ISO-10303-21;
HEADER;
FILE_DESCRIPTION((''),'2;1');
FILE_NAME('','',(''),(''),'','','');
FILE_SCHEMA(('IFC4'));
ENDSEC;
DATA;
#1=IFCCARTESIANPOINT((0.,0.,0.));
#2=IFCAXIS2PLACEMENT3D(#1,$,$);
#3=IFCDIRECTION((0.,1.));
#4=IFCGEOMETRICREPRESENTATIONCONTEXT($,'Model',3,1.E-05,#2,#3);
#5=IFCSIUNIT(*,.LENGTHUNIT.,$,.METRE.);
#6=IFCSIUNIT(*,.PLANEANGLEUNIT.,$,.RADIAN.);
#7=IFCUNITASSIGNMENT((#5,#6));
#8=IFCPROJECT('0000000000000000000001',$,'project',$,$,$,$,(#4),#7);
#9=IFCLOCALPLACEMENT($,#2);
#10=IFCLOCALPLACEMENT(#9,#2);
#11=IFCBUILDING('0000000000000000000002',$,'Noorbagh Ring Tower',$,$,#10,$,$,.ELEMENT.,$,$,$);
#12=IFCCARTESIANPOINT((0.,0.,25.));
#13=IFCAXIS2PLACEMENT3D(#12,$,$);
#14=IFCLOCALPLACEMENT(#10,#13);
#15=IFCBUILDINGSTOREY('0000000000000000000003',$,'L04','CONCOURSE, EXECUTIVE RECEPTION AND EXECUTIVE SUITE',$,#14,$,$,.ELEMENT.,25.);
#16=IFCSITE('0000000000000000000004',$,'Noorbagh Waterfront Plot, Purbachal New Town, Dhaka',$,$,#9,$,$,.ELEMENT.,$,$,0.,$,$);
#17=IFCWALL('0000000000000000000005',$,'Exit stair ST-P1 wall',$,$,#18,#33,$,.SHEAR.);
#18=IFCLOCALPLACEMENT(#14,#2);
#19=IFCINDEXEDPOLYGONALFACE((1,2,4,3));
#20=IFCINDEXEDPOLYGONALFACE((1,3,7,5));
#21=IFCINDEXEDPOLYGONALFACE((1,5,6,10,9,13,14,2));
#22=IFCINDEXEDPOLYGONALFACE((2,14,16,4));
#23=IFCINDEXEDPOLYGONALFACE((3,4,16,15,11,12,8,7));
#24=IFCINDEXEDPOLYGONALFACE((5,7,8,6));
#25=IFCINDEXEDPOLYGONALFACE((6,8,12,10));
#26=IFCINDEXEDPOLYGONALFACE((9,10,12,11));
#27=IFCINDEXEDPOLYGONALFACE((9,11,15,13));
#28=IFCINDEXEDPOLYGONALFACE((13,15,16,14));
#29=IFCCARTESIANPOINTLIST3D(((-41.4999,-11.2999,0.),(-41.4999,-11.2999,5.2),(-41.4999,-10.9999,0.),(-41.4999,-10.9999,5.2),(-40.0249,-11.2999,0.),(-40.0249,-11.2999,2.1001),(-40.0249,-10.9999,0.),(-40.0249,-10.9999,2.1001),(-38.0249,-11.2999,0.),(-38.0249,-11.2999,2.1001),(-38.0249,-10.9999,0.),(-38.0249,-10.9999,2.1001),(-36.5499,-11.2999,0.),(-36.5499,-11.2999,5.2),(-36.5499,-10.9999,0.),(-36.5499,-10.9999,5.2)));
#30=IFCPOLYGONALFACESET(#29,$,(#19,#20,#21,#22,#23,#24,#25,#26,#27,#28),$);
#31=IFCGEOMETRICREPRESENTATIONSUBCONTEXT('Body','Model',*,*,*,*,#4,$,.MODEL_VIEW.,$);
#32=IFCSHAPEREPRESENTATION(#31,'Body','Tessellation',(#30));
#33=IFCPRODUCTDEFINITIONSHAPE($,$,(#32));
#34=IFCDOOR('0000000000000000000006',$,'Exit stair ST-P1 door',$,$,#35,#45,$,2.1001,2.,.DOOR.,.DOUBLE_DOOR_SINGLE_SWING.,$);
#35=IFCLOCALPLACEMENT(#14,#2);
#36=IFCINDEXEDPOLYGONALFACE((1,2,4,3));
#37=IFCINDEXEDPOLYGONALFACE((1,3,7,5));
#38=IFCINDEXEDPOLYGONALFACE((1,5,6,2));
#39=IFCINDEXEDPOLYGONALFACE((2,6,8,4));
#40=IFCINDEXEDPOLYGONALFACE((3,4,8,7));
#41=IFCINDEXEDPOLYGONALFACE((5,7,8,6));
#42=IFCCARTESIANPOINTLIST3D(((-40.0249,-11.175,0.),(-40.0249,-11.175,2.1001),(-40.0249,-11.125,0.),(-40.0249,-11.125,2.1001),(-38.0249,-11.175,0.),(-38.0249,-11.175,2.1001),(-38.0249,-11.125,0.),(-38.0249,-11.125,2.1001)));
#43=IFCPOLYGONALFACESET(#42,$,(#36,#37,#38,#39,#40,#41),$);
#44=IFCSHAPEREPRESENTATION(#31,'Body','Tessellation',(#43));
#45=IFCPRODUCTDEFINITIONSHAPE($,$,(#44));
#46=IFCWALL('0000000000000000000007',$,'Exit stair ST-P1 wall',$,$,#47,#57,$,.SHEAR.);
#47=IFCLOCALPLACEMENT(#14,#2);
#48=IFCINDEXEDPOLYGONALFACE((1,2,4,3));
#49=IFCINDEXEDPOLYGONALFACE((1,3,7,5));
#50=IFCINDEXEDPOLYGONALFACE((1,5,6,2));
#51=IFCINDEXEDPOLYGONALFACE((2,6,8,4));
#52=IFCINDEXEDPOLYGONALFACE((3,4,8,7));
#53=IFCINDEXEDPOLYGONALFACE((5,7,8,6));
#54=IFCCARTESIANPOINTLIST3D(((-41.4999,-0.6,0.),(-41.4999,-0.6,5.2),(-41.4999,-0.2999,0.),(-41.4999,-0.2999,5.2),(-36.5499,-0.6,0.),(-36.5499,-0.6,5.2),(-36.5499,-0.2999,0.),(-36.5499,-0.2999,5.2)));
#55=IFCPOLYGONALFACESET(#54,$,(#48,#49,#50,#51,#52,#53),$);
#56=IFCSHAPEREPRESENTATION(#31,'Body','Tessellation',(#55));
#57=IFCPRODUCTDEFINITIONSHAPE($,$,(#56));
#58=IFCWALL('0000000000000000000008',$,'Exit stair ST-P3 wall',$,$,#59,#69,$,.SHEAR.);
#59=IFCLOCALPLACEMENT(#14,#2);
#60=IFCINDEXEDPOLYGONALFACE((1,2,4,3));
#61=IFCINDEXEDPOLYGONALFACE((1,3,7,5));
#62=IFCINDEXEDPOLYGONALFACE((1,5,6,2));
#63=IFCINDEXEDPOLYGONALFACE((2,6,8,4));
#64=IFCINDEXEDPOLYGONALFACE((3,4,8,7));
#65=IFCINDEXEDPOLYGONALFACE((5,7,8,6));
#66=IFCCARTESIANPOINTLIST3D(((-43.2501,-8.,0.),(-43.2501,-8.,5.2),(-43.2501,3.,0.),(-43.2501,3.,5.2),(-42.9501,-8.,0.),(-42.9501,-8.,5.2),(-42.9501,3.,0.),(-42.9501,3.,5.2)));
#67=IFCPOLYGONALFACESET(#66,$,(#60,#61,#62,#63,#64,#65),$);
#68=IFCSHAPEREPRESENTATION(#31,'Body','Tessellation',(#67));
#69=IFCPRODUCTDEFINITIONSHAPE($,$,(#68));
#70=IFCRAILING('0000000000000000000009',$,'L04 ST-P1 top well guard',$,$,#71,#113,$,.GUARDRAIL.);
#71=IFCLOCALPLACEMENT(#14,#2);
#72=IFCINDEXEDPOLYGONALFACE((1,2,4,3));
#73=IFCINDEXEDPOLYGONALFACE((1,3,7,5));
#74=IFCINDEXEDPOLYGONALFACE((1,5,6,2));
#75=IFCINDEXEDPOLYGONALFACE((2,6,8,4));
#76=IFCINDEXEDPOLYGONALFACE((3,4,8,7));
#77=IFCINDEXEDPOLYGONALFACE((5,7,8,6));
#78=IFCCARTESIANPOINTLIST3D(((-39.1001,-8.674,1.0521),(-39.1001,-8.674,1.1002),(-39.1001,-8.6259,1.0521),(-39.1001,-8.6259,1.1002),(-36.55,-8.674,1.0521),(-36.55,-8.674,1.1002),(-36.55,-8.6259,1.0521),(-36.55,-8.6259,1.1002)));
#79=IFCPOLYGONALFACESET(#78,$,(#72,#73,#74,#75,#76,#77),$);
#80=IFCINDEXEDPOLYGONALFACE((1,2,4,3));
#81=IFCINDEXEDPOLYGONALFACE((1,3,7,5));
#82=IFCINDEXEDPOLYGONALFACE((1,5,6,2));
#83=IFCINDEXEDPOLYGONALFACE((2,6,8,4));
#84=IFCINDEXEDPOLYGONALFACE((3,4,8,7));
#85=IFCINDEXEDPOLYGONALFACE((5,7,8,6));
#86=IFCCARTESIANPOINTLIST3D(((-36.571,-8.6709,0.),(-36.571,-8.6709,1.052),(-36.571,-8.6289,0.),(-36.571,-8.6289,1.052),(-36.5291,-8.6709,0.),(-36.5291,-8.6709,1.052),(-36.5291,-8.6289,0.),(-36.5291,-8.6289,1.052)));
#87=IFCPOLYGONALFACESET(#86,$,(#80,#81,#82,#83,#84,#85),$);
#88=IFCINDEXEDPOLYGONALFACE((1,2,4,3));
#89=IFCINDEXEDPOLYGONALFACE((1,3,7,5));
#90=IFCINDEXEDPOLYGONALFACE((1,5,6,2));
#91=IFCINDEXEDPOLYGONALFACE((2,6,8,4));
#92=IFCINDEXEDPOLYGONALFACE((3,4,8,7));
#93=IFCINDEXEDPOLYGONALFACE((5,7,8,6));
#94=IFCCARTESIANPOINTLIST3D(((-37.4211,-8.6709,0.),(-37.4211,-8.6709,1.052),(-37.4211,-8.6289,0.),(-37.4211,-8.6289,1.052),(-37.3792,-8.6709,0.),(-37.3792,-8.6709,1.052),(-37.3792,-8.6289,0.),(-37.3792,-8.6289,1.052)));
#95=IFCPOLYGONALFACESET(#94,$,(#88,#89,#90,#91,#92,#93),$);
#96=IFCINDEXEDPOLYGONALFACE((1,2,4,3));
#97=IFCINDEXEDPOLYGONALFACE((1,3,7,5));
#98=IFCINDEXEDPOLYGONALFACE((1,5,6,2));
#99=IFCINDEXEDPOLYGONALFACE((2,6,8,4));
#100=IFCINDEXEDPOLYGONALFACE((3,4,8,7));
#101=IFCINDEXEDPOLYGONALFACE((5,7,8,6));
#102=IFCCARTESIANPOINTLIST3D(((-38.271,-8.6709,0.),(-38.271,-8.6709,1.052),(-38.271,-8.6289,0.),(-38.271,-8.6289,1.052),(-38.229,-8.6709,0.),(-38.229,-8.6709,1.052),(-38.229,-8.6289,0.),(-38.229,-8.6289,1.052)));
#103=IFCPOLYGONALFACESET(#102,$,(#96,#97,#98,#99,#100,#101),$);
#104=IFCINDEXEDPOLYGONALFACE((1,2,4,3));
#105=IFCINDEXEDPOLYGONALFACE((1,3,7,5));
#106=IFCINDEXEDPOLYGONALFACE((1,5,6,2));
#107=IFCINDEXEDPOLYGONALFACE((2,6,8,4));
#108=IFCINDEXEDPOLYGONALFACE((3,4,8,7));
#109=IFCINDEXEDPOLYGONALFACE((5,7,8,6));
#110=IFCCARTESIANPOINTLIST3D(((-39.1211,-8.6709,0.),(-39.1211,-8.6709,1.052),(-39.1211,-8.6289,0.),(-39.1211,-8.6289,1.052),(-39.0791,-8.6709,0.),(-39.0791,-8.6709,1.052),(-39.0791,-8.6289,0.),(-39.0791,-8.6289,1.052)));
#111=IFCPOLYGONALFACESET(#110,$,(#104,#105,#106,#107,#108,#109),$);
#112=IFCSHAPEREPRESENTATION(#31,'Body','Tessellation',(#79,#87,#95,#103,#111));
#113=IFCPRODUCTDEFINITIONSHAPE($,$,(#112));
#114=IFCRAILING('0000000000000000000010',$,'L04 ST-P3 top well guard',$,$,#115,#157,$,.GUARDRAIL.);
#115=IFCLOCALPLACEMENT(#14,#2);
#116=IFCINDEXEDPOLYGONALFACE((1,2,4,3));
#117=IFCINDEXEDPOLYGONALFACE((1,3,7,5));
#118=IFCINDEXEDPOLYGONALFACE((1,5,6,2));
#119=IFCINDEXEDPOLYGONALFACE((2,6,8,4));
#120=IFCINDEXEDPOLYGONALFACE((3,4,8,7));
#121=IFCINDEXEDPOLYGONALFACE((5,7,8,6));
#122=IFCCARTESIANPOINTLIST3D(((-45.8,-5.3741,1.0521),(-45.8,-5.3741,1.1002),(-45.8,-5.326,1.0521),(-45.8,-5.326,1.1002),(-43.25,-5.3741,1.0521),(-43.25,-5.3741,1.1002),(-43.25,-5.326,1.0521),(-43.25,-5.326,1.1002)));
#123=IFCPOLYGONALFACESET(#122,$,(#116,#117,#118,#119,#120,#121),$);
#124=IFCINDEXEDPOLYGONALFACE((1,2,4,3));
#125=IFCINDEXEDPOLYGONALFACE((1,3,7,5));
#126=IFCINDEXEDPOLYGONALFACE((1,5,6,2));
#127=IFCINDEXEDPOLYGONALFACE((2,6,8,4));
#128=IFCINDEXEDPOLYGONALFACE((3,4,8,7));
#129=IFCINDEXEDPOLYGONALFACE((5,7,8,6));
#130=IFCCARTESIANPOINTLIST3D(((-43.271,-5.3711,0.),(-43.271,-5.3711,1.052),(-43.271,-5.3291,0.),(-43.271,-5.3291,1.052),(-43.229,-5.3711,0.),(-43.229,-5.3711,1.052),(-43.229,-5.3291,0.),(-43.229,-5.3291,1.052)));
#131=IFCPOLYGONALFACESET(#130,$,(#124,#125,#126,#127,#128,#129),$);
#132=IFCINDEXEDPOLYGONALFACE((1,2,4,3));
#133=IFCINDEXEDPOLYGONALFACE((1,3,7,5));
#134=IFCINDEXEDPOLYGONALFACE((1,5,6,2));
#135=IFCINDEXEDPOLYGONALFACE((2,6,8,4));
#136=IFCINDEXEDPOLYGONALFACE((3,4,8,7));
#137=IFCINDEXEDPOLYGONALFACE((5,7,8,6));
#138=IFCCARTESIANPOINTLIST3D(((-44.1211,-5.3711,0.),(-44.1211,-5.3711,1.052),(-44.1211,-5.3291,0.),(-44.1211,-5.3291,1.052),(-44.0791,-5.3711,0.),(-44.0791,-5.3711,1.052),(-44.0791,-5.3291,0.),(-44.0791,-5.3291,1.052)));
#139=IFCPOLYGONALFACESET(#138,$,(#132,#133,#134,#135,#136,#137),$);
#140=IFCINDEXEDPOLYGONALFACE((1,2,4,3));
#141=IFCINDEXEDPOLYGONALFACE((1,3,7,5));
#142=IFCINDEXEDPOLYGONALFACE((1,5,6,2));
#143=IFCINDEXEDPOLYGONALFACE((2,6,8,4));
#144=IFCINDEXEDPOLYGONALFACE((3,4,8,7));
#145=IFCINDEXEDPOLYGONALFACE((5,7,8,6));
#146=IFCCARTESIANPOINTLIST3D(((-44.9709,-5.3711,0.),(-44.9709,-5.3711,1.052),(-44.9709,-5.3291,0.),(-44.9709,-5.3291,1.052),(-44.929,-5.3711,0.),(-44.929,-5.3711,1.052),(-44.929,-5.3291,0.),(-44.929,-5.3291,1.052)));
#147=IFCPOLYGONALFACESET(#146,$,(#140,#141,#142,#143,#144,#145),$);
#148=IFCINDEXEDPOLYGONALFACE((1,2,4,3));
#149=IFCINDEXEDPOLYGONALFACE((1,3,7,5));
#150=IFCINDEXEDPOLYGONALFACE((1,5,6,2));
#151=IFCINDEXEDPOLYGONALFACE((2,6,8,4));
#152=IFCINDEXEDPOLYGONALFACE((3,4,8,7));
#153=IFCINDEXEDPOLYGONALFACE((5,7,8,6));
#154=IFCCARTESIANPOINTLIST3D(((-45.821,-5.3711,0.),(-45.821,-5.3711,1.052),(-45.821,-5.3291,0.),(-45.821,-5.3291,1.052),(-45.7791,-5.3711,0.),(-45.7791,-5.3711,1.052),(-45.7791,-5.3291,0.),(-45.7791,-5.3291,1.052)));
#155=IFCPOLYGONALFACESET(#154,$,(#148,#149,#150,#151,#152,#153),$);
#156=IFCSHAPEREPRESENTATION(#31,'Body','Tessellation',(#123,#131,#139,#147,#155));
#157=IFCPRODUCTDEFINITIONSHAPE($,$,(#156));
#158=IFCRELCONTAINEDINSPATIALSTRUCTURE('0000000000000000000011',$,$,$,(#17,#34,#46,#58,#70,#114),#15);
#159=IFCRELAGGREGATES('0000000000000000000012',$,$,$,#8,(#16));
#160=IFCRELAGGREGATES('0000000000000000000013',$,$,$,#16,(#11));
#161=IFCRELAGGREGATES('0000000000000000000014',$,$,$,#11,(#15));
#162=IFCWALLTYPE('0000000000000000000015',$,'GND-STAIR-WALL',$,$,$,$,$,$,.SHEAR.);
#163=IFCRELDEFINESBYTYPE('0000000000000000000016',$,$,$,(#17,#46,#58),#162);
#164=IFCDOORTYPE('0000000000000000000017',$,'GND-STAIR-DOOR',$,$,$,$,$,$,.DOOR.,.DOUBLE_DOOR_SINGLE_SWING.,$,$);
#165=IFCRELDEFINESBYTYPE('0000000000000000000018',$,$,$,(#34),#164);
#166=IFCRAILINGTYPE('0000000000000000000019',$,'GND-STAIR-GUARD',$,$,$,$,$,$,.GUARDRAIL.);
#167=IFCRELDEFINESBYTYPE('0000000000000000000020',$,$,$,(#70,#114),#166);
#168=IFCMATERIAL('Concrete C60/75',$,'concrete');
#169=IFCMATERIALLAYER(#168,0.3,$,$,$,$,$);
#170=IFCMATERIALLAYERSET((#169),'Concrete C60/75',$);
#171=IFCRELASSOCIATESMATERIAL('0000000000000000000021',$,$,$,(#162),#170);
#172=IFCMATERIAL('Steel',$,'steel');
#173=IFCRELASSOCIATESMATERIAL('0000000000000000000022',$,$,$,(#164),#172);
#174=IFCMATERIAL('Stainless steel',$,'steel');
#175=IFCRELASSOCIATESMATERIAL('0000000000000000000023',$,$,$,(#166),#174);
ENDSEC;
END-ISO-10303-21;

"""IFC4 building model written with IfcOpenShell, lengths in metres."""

from ifc_helpers import new_model, si_unit, direction, frame, frame_2d, origin, origin_2d, place, context, subcontext, project, spatial, rectangle, extrude, material, layer, layer_set, type_object, element, fill, save


model = new_model("IFC4")

# Units and contexts
model_context = context("Model", 3, precision=1e-05, world=origin(), true_north=direction((0.0, 1.0)))
body_context = subcontext(model_context, "Body", "Model", "MODEL_VIEW")
ifc_project = project(units=[si_unit("LENGTHUNIT", "METRE"), si_unit("PLANEANGLEUNIT", "RADIAN")], contexts=[model_context])

# Site, building, storey
site_placement = place(None, origin())
site = spatial("IfcSite", under=ifc_project, at=site_placement, Name="Noorbagh Waterfront Plot, Purbachal New Town, Dhaka", CompositionType="ELEMENT", RefElevation=0.0)
building_placement = place(site_placement, origin())
building = spatial("IfcBuilding", under=site, at=building_placement, Name="Noorbagh Ring Tower", CompositionType="ELEMENT")
storey_placement = place(building_placement, frame((0.0, 0.0, 25.0)))
storey = spatial("IfcBuildingStorey", under=building, at=storey_placement, Name="L04", Description="CONCOURSE, EXECUTIVE RECEPTION AND EXECUTIVE SUITE", CompositionType="ELEMENT", Elevation=25.0)

# Shared definitions
ifc_material_1 = material(Name="Concrete C60/75", Category="concrete")
ifc_layer_1 = layer(ifc_material_1, 0.3)
ifc_layer_set_1 = layer_set([ifc_layer_1], Name="Concrete C60/75")
wall_type_1 = type_object("IfcWallType", Name="GND-STAIR-WALL", PredefinedType="SHEAR", material=ifc_layer_set_1)

# Wall, opening, door
wall_1_placement = place(storey_placement, frame((-41.5, -11.1499, 0.0), z_axis=(0.0, 0.0, 1.0), x_axis=(1.0, 0.0, 0.0)))
wall_1 = element("IfcWall", 1, at=wall_1_placement, inside=storey, type_object=wall_type_1, Name="Exit stair ST-P1 wall", PredefinedType="SHEAR", context=body_context, shape_type="SweptSolid", body=[
    extrude(rectangle(XDim=4.95, YDim=0.3, at=frame_2d((2.4751, 0.0))), origin(), (0.0, 0.0, 1.0), 5.2),
])
opening_placement = place(wall_1_placement, frame((1.4751, 0.0, 0.0)))
opening = element("IfcOpeningElement", 2, at=opening_placement, cuts=wall_1, PredefinedType="OPENING", context=body_context, shape_type="SweptSolid", body=[
    extrude(rectangle(XDim=2.0, YDim=2.1001, at=frame_2d((1.0, 1.05))), frame((0.0, 0.1602, 0.0), z_axis=(0.0, -1.0, 0.0), x_axis=(1.0, 0.0, 0.0)), (0.0, 0.0, 1.0), 0.3201),
])
ifc_material_2 = material(Name="Steel", Category="steel")
door_type = type_object("IfcDoorType", Name="GND-STAIR-DOOR", OperationType="DOUBLE_DOOR_SINGLE_SWING", PredefinedType="DOOR", material=ifc_material_2)
door_placement = place(opening_placement, origin())
door = element("IfcDoor", 3, at=door_placement, inside=storey, type_object=door_type, Name="Exit stair ST-P1 door", OperationType="DOUBLE_DOOR_SINGLE_SWING", OverallHeight=2.1001, OverallWidth=2.0, PredefinedType="DOOR", context=body_context, shape_type="SweptSolid", body=[
    extrude(rectangle(XDim=2.0, YDim=2.1001, at=frame_2d((1.0, 1.05))), frame((0.0, 0.0249, 0.0), z_axis=(0.0, -1.0, 0.0), x_axis=(1.0, 0.0, 0.0)), (0.0, 0.0, 1.0), 0.05),
])
fill(opening, door)

# Walls
wall_2_placement = place(storey_placement, frame((-41.5, -0.45, 0.0), z_axis=(0.0, 0.0, 1.0), x_axis=(1.0, 0.0, 0.0)))
element("IfcWall", 4, at=wall_2_placement, inside=storey, type_object=wall_type_1, Name="Exit stair ST-P1 wall", PredefinedType="SHEAR", context=body_context, shape_type="SweptSolid", body=[
    extrude(rectangle(XDim=4.95, YDim=0.3, at=frame_2d((2.4751, 0.0))), origin(), (0.0, 0.0, 1.0), 5.2),
])
wall_3_placement = place(storey_placement, frame((-43.1001, -8.0, 0.0), z_axis=(0.0, 0.0, 1.0), x_axis=(0.0, 1.0, 0.0)))
element("IfcWall", 5, at=wall_3_placement, inside=storey, type_object=wall_type_1, Name="Exit stair ST-P3 wall", PredefinedType="SHEAR", context=body_context, shape_type="SweptSolid", body=[
    extrude(rectangle(XDim=11.0, YDim=0.3, at=frame_2d((5.5, 0.0))), origin(), (0.0, 0.0, 1.0), 5.2),
])

# Railings
ifc_material_3 = material(Name="Stainless steel", Category="steel")
railing_type = type_object("IfcRailingType", Name="GND-STAIR-GUARD", PredefinedType="GUARDRAIL", material=ifc_material_3)
for number, where, name in (
    (6, (-36.55, -8.6499, 0.0), "L04 ST-P1 top well guard"),
    (7, (-43.25, -5.3501, 0.0), "L04 ST-P3 top well guard"),
):
    element("IfcRailing", number, at=place(storey_placement, frame(where)), inside=storey, type_object=railing_type, Name=name, PredefinedType="GUARDRAIL", context=body_context, shape_type="SweptSolid", body=[
        extrude(rectangle(XDim=0.0481, YDim=0.0481, at=origin_2d()), frame((0.0, 0.0, 1.0762), z_axis=(-1.0, 0.0, 0.0), x_axis=(0.0, -1.0, 0.0)), (0.0, 0.0, 1.0), 2.55),
        extrude(rectangle(XDim=0.042, YDim=0.042, at=origin_2d()), origin(), (0.0, 0.0, 1.0), 1.052),
        extrude(rectangle(XDim=0.042, YDim=0.042, at=origin_2d()), frame((-0.8501, 0.0, 0.0)), (0.0, 0.0, 1.0), 1.052),
        extrude(rectangle(XDim=0.042, YDim=0.042, at=origin_2d()), frame((-1.7, 0.0, 0.0)), (0.0, 0.0, 1.0), 1.052),
        extrude(rectangle(XDim=0.042, YDim=0.042, at=origin_2d()), frame((-2.55, 0.0, 0.0)), (0.0, 0.0, 1.0), 1.052),
    ])

save(model, "model.ifc")
